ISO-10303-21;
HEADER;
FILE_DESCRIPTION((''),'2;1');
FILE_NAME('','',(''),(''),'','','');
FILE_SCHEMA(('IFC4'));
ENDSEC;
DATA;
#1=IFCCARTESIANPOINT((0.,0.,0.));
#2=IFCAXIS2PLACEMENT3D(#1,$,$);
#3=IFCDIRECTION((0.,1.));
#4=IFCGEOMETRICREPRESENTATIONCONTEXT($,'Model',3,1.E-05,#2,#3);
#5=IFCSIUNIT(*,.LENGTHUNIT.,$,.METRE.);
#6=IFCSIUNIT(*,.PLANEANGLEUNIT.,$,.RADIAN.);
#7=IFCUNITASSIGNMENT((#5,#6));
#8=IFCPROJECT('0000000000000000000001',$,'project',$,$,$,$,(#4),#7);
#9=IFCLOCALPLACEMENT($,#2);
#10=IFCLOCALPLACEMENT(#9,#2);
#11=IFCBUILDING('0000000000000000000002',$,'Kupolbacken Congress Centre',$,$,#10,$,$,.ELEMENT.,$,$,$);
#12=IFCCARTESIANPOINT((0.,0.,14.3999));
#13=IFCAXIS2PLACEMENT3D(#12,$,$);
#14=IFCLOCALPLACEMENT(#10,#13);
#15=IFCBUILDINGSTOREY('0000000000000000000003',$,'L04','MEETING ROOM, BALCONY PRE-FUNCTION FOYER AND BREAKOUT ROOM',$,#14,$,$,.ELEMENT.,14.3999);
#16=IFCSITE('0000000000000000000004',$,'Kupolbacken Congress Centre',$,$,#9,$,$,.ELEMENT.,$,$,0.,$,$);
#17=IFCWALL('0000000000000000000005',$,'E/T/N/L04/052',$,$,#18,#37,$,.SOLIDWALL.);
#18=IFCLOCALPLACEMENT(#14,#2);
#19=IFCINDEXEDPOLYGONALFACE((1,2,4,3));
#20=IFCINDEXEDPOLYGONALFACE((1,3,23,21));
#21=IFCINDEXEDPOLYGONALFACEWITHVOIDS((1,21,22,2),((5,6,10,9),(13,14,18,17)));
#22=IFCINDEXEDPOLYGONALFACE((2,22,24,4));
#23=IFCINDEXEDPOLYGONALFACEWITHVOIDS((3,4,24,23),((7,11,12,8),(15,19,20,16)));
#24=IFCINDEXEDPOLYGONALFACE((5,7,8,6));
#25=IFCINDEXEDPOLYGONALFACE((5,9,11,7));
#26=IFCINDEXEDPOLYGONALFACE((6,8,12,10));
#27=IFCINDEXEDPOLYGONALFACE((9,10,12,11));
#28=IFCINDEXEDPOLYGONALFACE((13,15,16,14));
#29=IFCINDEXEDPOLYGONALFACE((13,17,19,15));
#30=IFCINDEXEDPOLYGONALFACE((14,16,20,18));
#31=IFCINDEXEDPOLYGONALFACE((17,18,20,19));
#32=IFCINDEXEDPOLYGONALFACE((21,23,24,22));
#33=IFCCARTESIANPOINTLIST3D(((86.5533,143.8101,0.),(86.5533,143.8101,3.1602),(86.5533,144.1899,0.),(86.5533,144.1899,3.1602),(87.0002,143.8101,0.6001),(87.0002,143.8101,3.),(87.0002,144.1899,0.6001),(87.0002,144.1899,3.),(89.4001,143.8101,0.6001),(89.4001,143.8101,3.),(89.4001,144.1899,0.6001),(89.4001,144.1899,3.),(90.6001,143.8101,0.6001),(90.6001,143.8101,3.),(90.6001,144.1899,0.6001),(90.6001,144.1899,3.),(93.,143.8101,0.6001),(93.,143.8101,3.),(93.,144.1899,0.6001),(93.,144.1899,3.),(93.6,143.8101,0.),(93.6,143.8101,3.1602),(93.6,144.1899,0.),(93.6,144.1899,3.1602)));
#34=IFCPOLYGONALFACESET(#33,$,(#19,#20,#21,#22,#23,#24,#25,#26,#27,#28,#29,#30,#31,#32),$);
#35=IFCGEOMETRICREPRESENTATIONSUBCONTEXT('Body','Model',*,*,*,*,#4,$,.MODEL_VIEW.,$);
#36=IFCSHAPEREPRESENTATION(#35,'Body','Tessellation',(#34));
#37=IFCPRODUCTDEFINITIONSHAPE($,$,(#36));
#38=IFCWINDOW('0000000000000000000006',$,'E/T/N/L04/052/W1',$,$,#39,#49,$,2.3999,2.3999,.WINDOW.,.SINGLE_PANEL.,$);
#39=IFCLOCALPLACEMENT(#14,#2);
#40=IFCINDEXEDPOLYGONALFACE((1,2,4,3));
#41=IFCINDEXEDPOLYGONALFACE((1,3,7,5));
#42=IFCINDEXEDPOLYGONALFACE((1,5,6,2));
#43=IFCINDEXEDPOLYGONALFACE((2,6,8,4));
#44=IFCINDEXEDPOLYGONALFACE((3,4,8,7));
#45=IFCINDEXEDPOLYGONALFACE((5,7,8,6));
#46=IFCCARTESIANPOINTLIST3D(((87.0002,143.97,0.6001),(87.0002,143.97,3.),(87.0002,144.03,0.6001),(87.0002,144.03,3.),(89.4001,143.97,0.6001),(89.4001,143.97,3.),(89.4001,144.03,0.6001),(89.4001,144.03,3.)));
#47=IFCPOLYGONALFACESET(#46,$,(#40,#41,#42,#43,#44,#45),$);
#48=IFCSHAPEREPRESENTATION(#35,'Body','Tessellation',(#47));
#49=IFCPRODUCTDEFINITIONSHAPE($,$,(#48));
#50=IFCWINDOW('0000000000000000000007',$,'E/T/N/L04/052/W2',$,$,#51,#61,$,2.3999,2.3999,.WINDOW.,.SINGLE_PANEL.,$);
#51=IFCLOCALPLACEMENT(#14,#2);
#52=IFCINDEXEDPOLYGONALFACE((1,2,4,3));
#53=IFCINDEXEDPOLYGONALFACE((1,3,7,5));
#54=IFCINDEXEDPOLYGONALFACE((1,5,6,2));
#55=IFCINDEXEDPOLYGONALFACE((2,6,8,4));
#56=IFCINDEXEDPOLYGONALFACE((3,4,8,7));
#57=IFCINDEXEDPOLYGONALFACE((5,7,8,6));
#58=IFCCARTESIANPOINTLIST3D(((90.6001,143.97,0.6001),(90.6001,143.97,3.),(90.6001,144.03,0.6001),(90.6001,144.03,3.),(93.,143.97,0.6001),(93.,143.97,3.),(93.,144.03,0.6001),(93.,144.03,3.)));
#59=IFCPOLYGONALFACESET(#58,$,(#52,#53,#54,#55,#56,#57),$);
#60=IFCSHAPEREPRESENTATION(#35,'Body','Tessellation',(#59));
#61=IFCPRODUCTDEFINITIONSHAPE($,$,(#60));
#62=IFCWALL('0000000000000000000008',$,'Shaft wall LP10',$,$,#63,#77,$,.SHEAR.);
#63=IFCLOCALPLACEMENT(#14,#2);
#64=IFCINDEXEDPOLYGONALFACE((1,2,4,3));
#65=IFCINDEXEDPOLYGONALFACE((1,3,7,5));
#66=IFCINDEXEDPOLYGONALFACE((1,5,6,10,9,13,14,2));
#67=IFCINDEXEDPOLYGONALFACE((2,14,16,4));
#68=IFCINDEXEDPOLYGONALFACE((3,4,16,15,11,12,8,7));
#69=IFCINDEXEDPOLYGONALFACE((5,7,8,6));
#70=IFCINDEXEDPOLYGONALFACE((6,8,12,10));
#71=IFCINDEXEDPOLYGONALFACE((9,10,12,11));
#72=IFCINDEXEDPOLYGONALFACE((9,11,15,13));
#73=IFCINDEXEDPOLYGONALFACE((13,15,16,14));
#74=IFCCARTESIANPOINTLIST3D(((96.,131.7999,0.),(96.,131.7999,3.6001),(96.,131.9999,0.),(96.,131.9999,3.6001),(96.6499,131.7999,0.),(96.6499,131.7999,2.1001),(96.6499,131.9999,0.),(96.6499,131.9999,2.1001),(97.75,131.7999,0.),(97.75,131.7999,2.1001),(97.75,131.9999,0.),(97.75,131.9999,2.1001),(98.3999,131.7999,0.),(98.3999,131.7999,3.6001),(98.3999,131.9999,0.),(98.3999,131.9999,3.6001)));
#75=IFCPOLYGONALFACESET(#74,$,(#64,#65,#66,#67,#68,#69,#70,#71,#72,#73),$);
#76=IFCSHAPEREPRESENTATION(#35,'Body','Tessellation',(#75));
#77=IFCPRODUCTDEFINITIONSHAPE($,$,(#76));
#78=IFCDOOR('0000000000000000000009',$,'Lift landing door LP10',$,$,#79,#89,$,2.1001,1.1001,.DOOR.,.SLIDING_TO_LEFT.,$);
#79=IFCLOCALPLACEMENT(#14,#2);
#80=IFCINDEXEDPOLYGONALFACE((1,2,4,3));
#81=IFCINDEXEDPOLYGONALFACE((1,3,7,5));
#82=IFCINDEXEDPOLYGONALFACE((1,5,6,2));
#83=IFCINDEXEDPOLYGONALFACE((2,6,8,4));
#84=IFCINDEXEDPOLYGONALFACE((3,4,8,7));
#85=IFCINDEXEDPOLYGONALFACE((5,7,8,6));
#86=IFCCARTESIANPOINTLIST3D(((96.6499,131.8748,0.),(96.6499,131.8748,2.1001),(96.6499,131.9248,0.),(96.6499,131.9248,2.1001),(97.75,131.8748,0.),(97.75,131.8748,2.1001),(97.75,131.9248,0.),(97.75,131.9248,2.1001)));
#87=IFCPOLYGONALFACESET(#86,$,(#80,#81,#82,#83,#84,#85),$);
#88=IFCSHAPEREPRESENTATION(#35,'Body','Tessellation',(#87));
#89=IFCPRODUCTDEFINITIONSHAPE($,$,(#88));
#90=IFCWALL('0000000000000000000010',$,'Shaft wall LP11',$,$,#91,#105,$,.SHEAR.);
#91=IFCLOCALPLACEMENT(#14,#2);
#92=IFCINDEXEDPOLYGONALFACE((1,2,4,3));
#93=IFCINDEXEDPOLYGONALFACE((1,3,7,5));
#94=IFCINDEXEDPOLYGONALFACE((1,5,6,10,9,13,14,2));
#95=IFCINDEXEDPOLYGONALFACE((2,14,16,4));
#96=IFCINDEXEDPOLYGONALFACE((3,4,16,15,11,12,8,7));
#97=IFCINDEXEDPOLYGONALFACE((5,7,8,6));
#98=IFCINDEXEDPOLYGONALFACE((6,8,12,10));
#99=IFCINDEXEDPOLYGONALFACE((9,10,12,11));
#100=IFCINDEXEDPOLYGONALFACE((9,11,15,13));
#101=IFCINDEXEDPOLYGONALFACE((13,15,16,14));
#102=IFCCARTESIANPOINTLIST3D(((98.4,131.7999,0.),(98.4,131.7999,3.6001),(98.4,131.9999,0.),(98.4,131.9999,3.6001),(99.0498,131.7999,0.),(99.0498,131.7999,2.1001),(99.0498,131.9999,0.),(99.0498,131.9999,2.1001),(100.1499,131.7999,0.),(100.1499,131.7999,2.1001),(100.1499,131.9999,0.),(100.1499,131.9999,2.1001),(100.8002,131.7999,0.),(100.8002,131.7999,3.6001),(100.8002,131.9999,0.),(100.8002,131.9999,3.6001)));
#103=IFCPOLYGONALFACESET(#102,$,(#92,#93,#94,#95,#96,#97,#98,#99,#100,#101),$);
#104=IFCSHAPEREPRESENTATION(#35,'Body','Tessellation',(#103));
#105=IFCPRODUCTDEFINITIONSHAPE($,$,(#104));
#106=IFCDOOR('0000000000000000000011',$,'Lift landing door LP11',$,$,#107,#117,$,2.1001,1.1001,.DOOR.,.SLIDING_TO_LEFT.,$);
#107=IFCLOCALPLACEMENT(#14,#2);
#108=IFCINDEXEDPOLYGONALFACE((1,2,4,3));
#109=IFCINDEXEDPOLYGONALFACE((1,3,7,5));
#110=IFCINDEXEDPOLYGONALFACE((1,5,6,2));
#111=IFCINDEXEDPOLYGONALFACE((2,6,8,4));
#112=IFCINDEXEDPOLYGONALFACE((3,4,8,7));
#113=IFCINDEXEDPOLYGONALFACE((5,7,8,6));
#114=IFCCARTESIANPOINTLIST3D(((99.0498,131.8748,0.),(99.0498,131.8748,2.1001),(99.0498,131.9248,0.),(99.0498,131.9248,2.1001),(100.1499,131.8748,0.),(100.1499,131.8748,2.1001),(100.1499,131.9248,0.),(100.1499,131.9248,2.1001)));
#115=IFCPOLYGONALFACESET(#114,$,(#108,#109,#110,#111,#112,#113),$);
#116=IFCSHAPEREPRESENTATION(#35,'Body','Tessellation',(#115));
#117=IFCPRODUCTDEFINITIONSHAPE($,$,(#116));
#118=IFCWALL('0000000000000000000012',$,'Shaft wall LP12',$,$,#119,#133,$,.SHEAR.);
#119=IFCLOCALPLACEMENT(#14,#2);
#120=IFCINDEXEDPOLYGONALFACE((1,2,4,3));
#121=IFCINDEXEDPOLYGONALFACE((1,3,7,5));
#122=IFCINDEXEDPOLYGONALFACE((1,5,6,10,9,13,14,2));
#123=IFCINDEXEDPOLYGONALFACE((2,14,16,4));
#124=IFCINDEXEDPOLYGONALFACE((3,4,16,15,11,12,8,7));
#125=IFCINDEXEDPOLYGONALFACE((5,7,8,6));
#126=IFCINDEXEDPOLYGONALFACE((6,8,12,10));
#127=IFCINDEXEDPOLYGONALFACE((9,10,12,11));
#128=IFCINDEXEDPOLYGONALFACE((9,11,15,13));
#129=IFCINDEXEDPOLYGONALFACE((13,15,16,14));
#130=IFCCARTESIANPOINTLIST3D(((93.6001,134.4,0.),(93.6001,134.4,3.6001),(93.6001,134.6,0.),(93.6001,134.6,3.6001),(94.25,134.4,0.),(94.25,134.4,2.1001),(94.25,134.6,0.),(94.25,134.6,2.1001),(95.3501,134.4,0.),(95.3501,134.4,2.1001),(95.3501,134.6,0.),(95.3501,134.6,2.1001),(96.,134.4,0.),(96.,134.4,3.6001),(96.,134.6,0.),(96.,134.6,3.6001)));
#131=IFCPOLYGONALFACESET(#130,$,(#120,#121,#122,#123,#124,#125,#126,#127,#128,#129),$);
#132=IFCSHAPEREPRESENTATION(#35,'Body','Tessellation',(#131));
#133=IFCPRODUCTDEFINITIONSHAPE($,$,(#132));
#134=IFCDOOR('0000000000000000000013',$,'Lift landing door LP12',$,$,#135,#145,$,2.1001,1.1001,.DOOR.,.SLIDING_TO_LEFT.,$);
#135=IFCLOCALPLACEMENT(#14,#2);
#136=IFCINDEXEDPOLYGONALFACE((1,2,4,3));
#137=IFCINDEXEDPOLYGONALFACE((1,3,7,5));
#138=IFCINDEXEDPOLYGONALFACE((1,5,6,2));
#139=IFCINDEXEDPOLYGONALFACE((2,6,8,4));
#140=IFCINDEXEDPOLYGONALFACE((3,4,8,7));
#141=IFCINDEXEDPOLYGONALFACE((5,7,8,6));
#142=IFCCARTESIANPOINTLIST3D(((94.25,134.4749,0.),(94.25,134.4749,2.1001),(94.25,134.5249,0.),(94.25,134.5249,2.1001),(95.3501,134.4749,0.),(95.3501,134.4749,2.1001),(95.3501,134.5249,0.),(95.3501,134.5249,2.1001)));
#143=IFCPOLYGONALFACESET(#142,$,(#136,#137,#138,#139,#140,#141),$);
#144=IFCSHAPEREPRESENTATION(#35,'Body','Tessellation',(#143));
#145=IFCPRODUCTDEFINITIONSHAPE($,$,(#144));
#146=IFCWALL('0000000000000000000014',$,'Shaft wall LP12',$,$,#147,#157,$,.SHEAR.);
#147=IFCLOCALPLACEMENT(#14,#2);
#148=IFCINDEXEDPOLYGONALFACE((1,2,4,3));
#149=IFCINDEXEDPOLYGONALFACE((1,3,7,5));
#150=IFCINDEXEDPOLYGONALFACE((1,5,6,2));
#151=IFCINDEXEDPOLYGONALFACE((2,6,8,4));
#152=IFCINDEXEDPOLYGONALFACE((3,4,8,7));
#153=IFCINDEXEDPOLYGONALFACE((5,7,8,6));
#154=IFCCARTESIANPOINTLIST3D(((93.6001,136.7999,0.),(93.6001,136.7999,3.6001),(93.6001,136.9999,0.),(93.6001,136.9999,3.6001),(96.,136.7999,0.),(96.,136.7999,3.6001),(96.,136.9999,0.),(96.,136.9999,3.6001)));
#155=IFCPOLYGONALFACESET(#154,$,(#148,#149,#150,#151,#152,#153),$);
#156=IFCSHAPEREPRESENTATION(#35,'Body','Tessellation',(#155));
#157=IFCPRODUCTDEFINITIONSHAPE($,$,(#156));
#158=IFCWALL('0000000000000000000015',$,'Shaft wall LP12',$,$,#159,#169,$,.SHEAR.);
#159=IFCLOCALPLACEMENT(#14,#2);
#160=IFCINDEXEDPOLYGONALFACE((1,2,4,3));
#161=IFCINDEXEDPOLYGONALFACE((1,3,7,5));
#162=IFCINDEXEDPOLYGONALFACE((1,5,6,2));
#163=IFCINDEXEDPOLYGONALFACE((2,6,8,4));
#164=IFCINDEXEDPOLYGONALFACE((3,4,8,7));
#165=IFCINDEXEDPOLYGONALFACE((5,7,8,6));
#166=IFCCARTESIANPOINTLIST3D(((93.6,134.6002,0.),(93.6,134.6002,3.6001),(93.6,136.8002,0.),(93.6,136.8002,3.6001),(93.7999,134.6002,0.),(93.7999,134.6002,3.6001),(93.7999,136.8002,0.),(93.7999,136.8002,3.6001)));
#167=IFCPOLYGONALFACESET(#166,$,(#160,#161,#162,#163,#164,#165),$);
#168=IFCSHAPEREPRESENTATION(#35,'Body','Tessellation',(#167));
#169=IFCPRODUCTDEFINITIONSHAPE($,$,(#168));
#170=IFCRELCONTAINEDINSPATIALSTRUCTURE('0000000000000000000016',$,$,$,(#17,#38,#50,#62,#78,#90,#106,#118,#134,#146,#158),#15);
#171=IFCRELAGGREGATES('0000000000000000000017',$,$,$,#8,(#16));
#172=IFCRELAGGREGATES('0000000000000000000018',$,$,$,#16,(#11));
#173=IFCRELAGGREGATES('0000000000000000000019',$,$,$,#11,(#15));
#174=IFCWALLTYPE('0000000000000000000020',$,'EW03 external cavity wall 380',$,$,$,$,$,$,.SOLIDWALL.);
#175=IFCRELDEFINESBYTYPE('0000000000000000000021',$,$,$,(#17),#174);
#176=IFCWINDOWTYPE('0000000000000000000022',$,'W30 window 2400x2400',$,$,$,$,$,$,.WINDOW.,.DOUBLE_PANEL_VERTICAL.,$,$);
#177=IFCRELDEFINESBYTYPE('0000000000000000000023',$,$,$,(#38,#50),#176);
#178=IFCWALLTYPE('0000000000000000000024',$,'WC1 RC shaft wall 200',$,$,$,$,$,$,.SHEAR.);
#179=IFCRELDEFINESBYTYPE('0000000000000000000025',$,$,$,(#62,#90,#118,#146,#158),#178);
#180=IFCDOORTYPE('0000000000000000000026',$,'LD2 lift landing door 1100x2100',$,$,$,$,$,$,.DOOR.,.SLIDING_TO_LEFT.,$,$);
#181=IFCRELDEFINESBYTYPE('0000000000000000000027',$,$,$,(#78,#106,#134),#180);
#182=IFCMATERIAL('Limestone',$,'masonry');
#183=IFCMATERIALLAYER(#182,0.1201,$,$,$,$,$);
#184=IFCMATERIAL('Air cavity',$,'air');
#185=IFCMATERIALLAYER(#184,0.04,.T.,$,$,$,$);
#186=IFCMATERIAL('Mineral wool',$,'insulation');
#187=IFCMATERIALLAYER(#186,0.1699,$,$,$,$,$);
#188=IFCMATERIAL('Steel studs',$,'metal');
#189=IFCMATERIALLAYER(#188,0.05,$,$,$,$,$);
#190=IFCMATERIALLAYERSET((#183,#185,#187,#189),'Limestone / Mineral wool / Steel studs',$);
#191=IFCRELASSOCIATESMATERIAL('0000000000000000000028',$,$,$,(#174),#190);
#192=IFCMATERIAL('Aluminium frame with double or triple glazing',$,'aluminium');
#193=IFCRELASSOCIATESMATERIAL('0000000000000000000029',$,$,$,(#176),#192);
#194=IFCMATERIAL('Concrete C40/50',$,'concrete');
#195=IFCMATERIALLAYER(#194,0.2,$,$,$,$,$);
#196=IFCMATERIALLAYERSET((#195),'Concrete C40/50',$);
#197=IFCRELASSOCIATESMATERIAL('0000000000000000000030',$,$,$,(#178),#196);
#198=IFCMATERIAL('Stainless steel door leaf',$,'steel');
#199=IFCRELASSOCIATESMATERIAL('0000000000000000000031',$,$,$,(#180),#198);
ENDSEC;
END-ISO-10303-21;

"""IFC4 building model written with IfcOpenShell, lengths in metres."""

from ifc_helpers import new_model, si_unit, direction, frame, frame_2d, origin, place, context, subcontext, project, spatial, rectangle, extrude, material, layer, layer_set, type_object, element, fill, save


model = new_model("IFC4")

# Units and contexts
model_context = context("Model", 3, precision=1e-05, world=origin(), true_north=direction((0.0, 1.0)))
body_context = subcontext(model_context, "Body", "Model", "MODEL_VIEW")
ifc_project = project(units=[si_unit("LENGTHUNIT", "METRE"), si_unit("PLANEANGLEUNIT", "RADIAN")], contexts=[model_context])

# Site, building, storey
site_placement = place(None, origin())
site = spatial("IfcSite", under=ifc_project, at=site_placement, Name="Kupolbacken Congress Centre", CompositionType="ELEMENT", RefElevation=0.0)
building_placement = place(site_placement, origin())
building = spatial("IfcBuilding", under=site, at=building_placement, Name="Kupolbacken Congress Centre", CompositionType="ELEMENT")
storey_placement = place(building_placement, frame((0.0, 0.0, 14.3999)))
storey = spatial("IfcBuildingStorey", under=building, at=storey_placement, Name="L04", Description="MEETING ROOM, BALCONY PRE-FUNCTION FOYER AND BREAKOUT ROOM", CompositionType="ELEMENT", Elevation=14.3999)

# Wall, openings, windows
ifc_material_1 = material(Name="Limestone", Category="masonry")
ifc_layer_1 = layer(ifc_material_1, 0.1201)
ifc_material_2 = material(Name="Air cavity", Category="air")
ifc_layer_2 = layer(ifc_material_2, 0.04, ventilated=True)
ifc_material_3 = material(Name="Mineral wool", Category="insulation")
ifc_layer_3 = layer(ifc_material_3, 0.1699)
ifc_material_4 = material(Name="Steel studs", Category="metal")
ifc_layer_4 = layer(ifc_material_4, 0.05)
ifc_layer_set_1 = layer_set([ifc_layer_1, ifc_layer_2, ifc_layer_3, ifc_layer_4], Name="Limestone / Mineral wool / Steel studs")
wall_type_1 = type_object("IfcWallType", Name="EW03 external cavity wall 380", PredefinedType="SOLIDWALL", material=ifc_layer_set_1)
wall_1_placement = place(storey_placement, frame((93.6001, 144.0, 0.0), z_axis=(0.0, 0.0, 1.0), x_axis=(-1.0, 0.0, 0.0)))
wall_1 = element("IfcWall", 1, at=wall_1_placement, inside=storey, type_object=wall_type_1, Name="E/T/N/L04/052", PredefinedType="SOLIDWALL", context=body_context, shape_type="SweptSolid", body=[
    extrude(rectangle(XDim=7.0466, YDim=0.3799, at=frame_2d((3.5234, 0.0))), origin(), (0.0, 0.0, 1.0), 3.1602),
])
opening_1_placement = place(wall_1_placement, frame((4.2, 0.0, 0.6001)))
opening_1 = element("IfcOpeningElement", 2, at=opening_1_placement, cuts=wall_1, PredefinedType="OPENING", context=body_context, shape_type="SweptSolid", body=[
    extrude(rectangle(XDim=2.3999, YDim=2.3999, at=frame_2d((1.2, 1.2))), frame((0.0, 0.2, 0.0), z_axis=(0.0, -1.0, 0.0), x_axis=(1.0, 0.0, 0.0)), (0.0, 0.0, 1.0), 0.3999),
])
opening_2_placement = place(wall_1_placement, frame((0.6001, 0.0, 0.6001)))
opening_2 = element("IfcOpeningElement", 3, at=opening_2_placement, cuts=wall_1, PredefinedType="OPENING", context=body_context, shape_type="SweptSolid", body=[
    extrude(rectangle(XDim=2.3999, YDim=2.3999, at=frame_2d((1.2, 1.2))), frame((0.0, 0.2, 0.0), z_axis=(0.0, -1.0, 0.0), x_axis=(1.0, 0.0, 0.0)), (0.0, 0.0, 1.0), 0.3999),
])
ifc_material_5 = material(Name="Aluminium frame with double or triple glazing", Category="aluminium")
window_type = type_object("IfcWindowType", Name="W30 window 2400x2400", PartitioningType="DOUBLE_PANEL_VERTICAL", PredefinedType="WINDOW", material=ifc_material_5)
window_1_placement = place(opening_1_placement, origin())
window_1 = element("IfcWindow", 4, at=window_1_placement, inside=storey, type_object=window_type, Name="E/T/N/L04/052/W1", OverallHeight=2.3999, OverallWidth=2.3999, PartitioningType="SINGLE_PANEL", PredefinedType="WINDOW", context=body_context, shape_type="SweptSolid", body=[
    extrude(rectangle(XDim=2.3999, YDim=2.3999, at=frame_2d((1.2, 1.2))), frame((0.0, 0.03, 0.0), z_axis=(0.0, -1.0, 0.0), x_axis=(1.0, 0.0, 0.0)), (0.0, 0.0, 1.0), 0.0601),
])
fill(opening_1, window_1)
window_2_placement = place(opening_2_placement, origin())
window_2 = element("IfcWindow", 5, at=window_2_placement, inside=storey, type_object=window_type, Name="E/T/N/L04/052/W2", OverallHeight=2.3999, OverallWidth=2.3999, PartitioningType="SINGLE_PANEL", PredefinedType="WINDOW", context=body_context, shape_type="SweptSolid", body=[
    extrude(rectangle(XDim=2.3999, YDim=2.3999, at=frame_2d((1.2, 1.2))), frame((0.0, 0.03, 0.0), z_axis=(0.0, -1.0, 0.0), x_axis=(1.0, 0.0, 0.0)), (0.0, 0.0, 1.0), 0.0601),
])
fill(opening_2, window_2)

# Walls, openings, doors
ifc_material_6 = material(Name="Concrete C40/50", Category="concrete")
ifc_layer_5 = layer(ifc_material_6, 0.2)
ifc_layer_set_2 = layer_set([ifc_layer_5], Name="Concrete C40/50")
wall_type_2 = type_object("IfcWallType", Name="WC1 RC shaft wall 200", PredefinedType="SHEAR", material=ifc_layer_set_2)
wall_2_placement = place(storey_placement, frame((96.0, 131.8999, 0.0), z_axis=(0.0, 0.0, 1.0), x_axis=(1.0, 0.0, 0.0)))
wall_2 = element("IfcWall", 6, at=wall_2_placement, inside=storey, type_object=wall_type_2, Name="Shaft wall LP10", PredefinedType="SHEAR", context=body_context, shape_type="SweptSolid", body=[
    extrude(rectangle(XDim=2.3999, YDim=0.2, at=frame_2d((1.2, 0.0))), origin(), (0.0, 0.0, 1.0), 3.6001),
])
opening_3_placement = place(wall_2_placement, frame((0.6499, 0.0, 0.0)))
opening_3 = element("IfcOpeningElement", 7, at=opening_3_placement, cuts=wall_2, PredefinedType="OPENING", context=body_context, shape_type="SweptSolid", body=[
    extrude(rectangle(XDim=1.1001, YDim=2.1001, at=frame_2d((0.55, 1.05))), frame((0.0, 0.1099, 0.0), z_axis=(0.0, -1.0, 0.0), x_axis=(1.0, 0.0, 0.0)), (0.0, 0.0, 1.0), 0.22),
])
ifc_material_7 = material(Name="Stainless steel door leaf", Category="steel")
door_type_1 = type_object("IfcDoorType", Name="LD2 lift landing door 1100x2100", OperationType="SLIDING_TO_LEFT", PredefinedType="DOOR", material=ifc_material_7)
door_1_placement = place(opening_3_placement, origin())
door_1 = element("IfcDoor", 8, at=door_1_placement, inside=storey, type_object=door_type_1, Name="Lift landing door LP10", OperationType="SLIDING_TO_LEFT", OverallHeight=2.1001, OverallWidth=1.1001, PredefinedType="DOOR", context=body_context, shape_type="SweptSolid", body=[
    extrude(rectangle(XDim=1.1001, YDim=2.1001, at=frame_2d((0.55, 1.05))), frame((0.0, 0.0249, 0.0), z_axis=(0.0, -1.0, 0.0), x_axis=(1.0, 0.0, 0.0)), (0.0, 0.0, 1.0), 0.05),
])
fill(opening_3, door_1)
wall_3_placement = place(storey_placement, frame((98.3999, 131.8999, 0.0), z_axis=(0.0, 0.0, 1.0), x_axis=(1.0, 0.0, 0.0)))
wall_3 = element("IfcWall", 9, at=wall_3_placement, inside=storey, type_object=wall_type_2, Name="Shaft wall LP11", PredefinedType="SHEAR", context=body_context, shape_type="SweptSolid", body=[
    extrude(rectangle(XDim=2.4001, YDim=0.2, at=frame_2d((1.2002, 0.0))), origin(), (0.0, 0.0, 1.0), 3.6001),
])
opening_4_placement = place(wall_3_placement, frame((0.6499, 0.0, 0.0)))
opening_4 = element("IfcOpeningElement", 10, at=opening_4_placement, cuts=wall_3, PredefinedType="OPENING", context=body_context, shape_type="SweptSolid", body=[
    extrude(rectangle(XDim=1.1001, YDim=2.1001, at=frame_2d((0.55, 1.05))), frame((0.0, 0.1099, 0.0), z_axis=(0.0, -1.0, 0.0), x_axis=(1.0, 0.0, 0.0)), (0.0, 0.0, 1.0), 0.22),
])
door_2_placement = place(opening_4_placement, origin())
door_2 = element("IfcDoor", 11, at=door_2_placement, inside=storey, type_object=door_type_1, Name="Lift landing door LP11", OperationType="SLIDING_TO_LEFT", OverallHeight=2.1001, OverallWidth=1.1001, PredefinedType="DOOR", context=body_context, shape_type="SweptSolid", body=[
    extrude(rectangle(XDim=1.1001, YDim=2.1001, at=frame_2d((0.55, 1.05))), frame((0.0, 0.0249, 0.0), z_axis=(0.0, -1.0, 0.0), x_axis=(1.0, 0.0, 0.0)), (0.0, 0.0, 1.0), 0.05),
])
fill(opening_4, door_2)
wall_4_placement = place(storey_placement, frame((93.6001, 134.5, 0.0), z_axis=(0.0, 0.0, 1.0), x_axis=(1.0, 0.0, 0.0)))
wall_4 = element("IfcWall", 12, at=wall_4_placement, inside=storey, type_object=wall_type_2, Name="Shaft wall LP12", PredefinedType="SHEAR", context=body_context, shape_type="SweptSolid", body=[
    extrude(rectangle(XDim=2.3999, YDim=0.2, at=frame_2d((1.2, 0.0))), origin(), (0.0, 0.0, 1.0), 3.6001),
])
opening_5_placement = place(wall_4_placement, frame((0.6499, 0.0, 0.0)))
opening_5 = element("IfcOpeningElement", 13, at=opening_5_placement, cuts=wall_4, PredefinedType="OPENING", context=body_context, shape_type="SweptSolid", body=[
    extrude(rectangle(XDim=1.1001, YDim=2.1001, at=frame_2d((0.55, 1.05))), frame((0.0, 0.1099, 0.0), z_axis=(0.0, -1.0, 0.0), x_axis=(1.0, 0.0, 0.0)), (0.0, 0.0, 1.0), 0.22),
])
door_3_placement = place(opening_5_placement, origin())
door_3 = element("IfcDoor", 14, at=door_3_placement, inside=storey, type_object=door_type_1, Name="Lift landing door LP12", OperationType="SLIDING_TO_LEFT", OverallHeight=2.1001, OverallWidth=1.1001, PredefinedType="DOOR", context=body_context, shape_type="SweptSolid", body=[
    extrude(rectangle(XDim=1.1001, YDim=2.1001, at=frame_2d((0.55, 1.05))), frame((0.0, 0.0249, 0.0), z_axis=(0.0, -1.0, 0.0), x_axis=(1.0, 0.0, 0.0)), (0.0, 0.0, 1.0), 0.05),
])
fill(opening_5, door_3)

# Walls
wall_5_placement = place(storey_placement, frame((93.6001, 136.8999, 0.0), z_axis=(0.0, 0.0, 1.0), x_axis=(1.0, 0.0, 0.0)))
element("IfcWall", 15, at=wall_5_placement, inside=storey, type_object=wall_type_2, Name="Shaft wall LP12", PredefinedType="SHEAR", context=body_context, shape_type="SweptSolid", body=[
    extrude(rectangle(XDim=2.3999, YDim=0.2, at=frame_2d((1.2, 0.0))), origin(), (0.0, 0.0, 1.0), 3.6001),
])
for number, where, z_axis, x_axis, name in (
    (16, (93.7, 134.6001, 0.0), (0.0, 0.0, 1.0), (0.0, 1.0, 0.0), "Shaft wall LP12"),
):
    element("IfcWall", number, at=place(storey_placement, frame(where, z_axis=z_axis, x_axis=x_axis)), inside=storey, type_object=wall_type_2, Name=name, PredefinedType="SHEAR", context=body_context, shape_type="SweptSolid", body=[
        extrude(rectangle(XDim=2.2, YDim=0.2, at=frame_2d((1.1001, 0.0))), origin(), (0.0, 0.0, 1.0), 3.6001),
    ])

save(model, "model.ifc")
